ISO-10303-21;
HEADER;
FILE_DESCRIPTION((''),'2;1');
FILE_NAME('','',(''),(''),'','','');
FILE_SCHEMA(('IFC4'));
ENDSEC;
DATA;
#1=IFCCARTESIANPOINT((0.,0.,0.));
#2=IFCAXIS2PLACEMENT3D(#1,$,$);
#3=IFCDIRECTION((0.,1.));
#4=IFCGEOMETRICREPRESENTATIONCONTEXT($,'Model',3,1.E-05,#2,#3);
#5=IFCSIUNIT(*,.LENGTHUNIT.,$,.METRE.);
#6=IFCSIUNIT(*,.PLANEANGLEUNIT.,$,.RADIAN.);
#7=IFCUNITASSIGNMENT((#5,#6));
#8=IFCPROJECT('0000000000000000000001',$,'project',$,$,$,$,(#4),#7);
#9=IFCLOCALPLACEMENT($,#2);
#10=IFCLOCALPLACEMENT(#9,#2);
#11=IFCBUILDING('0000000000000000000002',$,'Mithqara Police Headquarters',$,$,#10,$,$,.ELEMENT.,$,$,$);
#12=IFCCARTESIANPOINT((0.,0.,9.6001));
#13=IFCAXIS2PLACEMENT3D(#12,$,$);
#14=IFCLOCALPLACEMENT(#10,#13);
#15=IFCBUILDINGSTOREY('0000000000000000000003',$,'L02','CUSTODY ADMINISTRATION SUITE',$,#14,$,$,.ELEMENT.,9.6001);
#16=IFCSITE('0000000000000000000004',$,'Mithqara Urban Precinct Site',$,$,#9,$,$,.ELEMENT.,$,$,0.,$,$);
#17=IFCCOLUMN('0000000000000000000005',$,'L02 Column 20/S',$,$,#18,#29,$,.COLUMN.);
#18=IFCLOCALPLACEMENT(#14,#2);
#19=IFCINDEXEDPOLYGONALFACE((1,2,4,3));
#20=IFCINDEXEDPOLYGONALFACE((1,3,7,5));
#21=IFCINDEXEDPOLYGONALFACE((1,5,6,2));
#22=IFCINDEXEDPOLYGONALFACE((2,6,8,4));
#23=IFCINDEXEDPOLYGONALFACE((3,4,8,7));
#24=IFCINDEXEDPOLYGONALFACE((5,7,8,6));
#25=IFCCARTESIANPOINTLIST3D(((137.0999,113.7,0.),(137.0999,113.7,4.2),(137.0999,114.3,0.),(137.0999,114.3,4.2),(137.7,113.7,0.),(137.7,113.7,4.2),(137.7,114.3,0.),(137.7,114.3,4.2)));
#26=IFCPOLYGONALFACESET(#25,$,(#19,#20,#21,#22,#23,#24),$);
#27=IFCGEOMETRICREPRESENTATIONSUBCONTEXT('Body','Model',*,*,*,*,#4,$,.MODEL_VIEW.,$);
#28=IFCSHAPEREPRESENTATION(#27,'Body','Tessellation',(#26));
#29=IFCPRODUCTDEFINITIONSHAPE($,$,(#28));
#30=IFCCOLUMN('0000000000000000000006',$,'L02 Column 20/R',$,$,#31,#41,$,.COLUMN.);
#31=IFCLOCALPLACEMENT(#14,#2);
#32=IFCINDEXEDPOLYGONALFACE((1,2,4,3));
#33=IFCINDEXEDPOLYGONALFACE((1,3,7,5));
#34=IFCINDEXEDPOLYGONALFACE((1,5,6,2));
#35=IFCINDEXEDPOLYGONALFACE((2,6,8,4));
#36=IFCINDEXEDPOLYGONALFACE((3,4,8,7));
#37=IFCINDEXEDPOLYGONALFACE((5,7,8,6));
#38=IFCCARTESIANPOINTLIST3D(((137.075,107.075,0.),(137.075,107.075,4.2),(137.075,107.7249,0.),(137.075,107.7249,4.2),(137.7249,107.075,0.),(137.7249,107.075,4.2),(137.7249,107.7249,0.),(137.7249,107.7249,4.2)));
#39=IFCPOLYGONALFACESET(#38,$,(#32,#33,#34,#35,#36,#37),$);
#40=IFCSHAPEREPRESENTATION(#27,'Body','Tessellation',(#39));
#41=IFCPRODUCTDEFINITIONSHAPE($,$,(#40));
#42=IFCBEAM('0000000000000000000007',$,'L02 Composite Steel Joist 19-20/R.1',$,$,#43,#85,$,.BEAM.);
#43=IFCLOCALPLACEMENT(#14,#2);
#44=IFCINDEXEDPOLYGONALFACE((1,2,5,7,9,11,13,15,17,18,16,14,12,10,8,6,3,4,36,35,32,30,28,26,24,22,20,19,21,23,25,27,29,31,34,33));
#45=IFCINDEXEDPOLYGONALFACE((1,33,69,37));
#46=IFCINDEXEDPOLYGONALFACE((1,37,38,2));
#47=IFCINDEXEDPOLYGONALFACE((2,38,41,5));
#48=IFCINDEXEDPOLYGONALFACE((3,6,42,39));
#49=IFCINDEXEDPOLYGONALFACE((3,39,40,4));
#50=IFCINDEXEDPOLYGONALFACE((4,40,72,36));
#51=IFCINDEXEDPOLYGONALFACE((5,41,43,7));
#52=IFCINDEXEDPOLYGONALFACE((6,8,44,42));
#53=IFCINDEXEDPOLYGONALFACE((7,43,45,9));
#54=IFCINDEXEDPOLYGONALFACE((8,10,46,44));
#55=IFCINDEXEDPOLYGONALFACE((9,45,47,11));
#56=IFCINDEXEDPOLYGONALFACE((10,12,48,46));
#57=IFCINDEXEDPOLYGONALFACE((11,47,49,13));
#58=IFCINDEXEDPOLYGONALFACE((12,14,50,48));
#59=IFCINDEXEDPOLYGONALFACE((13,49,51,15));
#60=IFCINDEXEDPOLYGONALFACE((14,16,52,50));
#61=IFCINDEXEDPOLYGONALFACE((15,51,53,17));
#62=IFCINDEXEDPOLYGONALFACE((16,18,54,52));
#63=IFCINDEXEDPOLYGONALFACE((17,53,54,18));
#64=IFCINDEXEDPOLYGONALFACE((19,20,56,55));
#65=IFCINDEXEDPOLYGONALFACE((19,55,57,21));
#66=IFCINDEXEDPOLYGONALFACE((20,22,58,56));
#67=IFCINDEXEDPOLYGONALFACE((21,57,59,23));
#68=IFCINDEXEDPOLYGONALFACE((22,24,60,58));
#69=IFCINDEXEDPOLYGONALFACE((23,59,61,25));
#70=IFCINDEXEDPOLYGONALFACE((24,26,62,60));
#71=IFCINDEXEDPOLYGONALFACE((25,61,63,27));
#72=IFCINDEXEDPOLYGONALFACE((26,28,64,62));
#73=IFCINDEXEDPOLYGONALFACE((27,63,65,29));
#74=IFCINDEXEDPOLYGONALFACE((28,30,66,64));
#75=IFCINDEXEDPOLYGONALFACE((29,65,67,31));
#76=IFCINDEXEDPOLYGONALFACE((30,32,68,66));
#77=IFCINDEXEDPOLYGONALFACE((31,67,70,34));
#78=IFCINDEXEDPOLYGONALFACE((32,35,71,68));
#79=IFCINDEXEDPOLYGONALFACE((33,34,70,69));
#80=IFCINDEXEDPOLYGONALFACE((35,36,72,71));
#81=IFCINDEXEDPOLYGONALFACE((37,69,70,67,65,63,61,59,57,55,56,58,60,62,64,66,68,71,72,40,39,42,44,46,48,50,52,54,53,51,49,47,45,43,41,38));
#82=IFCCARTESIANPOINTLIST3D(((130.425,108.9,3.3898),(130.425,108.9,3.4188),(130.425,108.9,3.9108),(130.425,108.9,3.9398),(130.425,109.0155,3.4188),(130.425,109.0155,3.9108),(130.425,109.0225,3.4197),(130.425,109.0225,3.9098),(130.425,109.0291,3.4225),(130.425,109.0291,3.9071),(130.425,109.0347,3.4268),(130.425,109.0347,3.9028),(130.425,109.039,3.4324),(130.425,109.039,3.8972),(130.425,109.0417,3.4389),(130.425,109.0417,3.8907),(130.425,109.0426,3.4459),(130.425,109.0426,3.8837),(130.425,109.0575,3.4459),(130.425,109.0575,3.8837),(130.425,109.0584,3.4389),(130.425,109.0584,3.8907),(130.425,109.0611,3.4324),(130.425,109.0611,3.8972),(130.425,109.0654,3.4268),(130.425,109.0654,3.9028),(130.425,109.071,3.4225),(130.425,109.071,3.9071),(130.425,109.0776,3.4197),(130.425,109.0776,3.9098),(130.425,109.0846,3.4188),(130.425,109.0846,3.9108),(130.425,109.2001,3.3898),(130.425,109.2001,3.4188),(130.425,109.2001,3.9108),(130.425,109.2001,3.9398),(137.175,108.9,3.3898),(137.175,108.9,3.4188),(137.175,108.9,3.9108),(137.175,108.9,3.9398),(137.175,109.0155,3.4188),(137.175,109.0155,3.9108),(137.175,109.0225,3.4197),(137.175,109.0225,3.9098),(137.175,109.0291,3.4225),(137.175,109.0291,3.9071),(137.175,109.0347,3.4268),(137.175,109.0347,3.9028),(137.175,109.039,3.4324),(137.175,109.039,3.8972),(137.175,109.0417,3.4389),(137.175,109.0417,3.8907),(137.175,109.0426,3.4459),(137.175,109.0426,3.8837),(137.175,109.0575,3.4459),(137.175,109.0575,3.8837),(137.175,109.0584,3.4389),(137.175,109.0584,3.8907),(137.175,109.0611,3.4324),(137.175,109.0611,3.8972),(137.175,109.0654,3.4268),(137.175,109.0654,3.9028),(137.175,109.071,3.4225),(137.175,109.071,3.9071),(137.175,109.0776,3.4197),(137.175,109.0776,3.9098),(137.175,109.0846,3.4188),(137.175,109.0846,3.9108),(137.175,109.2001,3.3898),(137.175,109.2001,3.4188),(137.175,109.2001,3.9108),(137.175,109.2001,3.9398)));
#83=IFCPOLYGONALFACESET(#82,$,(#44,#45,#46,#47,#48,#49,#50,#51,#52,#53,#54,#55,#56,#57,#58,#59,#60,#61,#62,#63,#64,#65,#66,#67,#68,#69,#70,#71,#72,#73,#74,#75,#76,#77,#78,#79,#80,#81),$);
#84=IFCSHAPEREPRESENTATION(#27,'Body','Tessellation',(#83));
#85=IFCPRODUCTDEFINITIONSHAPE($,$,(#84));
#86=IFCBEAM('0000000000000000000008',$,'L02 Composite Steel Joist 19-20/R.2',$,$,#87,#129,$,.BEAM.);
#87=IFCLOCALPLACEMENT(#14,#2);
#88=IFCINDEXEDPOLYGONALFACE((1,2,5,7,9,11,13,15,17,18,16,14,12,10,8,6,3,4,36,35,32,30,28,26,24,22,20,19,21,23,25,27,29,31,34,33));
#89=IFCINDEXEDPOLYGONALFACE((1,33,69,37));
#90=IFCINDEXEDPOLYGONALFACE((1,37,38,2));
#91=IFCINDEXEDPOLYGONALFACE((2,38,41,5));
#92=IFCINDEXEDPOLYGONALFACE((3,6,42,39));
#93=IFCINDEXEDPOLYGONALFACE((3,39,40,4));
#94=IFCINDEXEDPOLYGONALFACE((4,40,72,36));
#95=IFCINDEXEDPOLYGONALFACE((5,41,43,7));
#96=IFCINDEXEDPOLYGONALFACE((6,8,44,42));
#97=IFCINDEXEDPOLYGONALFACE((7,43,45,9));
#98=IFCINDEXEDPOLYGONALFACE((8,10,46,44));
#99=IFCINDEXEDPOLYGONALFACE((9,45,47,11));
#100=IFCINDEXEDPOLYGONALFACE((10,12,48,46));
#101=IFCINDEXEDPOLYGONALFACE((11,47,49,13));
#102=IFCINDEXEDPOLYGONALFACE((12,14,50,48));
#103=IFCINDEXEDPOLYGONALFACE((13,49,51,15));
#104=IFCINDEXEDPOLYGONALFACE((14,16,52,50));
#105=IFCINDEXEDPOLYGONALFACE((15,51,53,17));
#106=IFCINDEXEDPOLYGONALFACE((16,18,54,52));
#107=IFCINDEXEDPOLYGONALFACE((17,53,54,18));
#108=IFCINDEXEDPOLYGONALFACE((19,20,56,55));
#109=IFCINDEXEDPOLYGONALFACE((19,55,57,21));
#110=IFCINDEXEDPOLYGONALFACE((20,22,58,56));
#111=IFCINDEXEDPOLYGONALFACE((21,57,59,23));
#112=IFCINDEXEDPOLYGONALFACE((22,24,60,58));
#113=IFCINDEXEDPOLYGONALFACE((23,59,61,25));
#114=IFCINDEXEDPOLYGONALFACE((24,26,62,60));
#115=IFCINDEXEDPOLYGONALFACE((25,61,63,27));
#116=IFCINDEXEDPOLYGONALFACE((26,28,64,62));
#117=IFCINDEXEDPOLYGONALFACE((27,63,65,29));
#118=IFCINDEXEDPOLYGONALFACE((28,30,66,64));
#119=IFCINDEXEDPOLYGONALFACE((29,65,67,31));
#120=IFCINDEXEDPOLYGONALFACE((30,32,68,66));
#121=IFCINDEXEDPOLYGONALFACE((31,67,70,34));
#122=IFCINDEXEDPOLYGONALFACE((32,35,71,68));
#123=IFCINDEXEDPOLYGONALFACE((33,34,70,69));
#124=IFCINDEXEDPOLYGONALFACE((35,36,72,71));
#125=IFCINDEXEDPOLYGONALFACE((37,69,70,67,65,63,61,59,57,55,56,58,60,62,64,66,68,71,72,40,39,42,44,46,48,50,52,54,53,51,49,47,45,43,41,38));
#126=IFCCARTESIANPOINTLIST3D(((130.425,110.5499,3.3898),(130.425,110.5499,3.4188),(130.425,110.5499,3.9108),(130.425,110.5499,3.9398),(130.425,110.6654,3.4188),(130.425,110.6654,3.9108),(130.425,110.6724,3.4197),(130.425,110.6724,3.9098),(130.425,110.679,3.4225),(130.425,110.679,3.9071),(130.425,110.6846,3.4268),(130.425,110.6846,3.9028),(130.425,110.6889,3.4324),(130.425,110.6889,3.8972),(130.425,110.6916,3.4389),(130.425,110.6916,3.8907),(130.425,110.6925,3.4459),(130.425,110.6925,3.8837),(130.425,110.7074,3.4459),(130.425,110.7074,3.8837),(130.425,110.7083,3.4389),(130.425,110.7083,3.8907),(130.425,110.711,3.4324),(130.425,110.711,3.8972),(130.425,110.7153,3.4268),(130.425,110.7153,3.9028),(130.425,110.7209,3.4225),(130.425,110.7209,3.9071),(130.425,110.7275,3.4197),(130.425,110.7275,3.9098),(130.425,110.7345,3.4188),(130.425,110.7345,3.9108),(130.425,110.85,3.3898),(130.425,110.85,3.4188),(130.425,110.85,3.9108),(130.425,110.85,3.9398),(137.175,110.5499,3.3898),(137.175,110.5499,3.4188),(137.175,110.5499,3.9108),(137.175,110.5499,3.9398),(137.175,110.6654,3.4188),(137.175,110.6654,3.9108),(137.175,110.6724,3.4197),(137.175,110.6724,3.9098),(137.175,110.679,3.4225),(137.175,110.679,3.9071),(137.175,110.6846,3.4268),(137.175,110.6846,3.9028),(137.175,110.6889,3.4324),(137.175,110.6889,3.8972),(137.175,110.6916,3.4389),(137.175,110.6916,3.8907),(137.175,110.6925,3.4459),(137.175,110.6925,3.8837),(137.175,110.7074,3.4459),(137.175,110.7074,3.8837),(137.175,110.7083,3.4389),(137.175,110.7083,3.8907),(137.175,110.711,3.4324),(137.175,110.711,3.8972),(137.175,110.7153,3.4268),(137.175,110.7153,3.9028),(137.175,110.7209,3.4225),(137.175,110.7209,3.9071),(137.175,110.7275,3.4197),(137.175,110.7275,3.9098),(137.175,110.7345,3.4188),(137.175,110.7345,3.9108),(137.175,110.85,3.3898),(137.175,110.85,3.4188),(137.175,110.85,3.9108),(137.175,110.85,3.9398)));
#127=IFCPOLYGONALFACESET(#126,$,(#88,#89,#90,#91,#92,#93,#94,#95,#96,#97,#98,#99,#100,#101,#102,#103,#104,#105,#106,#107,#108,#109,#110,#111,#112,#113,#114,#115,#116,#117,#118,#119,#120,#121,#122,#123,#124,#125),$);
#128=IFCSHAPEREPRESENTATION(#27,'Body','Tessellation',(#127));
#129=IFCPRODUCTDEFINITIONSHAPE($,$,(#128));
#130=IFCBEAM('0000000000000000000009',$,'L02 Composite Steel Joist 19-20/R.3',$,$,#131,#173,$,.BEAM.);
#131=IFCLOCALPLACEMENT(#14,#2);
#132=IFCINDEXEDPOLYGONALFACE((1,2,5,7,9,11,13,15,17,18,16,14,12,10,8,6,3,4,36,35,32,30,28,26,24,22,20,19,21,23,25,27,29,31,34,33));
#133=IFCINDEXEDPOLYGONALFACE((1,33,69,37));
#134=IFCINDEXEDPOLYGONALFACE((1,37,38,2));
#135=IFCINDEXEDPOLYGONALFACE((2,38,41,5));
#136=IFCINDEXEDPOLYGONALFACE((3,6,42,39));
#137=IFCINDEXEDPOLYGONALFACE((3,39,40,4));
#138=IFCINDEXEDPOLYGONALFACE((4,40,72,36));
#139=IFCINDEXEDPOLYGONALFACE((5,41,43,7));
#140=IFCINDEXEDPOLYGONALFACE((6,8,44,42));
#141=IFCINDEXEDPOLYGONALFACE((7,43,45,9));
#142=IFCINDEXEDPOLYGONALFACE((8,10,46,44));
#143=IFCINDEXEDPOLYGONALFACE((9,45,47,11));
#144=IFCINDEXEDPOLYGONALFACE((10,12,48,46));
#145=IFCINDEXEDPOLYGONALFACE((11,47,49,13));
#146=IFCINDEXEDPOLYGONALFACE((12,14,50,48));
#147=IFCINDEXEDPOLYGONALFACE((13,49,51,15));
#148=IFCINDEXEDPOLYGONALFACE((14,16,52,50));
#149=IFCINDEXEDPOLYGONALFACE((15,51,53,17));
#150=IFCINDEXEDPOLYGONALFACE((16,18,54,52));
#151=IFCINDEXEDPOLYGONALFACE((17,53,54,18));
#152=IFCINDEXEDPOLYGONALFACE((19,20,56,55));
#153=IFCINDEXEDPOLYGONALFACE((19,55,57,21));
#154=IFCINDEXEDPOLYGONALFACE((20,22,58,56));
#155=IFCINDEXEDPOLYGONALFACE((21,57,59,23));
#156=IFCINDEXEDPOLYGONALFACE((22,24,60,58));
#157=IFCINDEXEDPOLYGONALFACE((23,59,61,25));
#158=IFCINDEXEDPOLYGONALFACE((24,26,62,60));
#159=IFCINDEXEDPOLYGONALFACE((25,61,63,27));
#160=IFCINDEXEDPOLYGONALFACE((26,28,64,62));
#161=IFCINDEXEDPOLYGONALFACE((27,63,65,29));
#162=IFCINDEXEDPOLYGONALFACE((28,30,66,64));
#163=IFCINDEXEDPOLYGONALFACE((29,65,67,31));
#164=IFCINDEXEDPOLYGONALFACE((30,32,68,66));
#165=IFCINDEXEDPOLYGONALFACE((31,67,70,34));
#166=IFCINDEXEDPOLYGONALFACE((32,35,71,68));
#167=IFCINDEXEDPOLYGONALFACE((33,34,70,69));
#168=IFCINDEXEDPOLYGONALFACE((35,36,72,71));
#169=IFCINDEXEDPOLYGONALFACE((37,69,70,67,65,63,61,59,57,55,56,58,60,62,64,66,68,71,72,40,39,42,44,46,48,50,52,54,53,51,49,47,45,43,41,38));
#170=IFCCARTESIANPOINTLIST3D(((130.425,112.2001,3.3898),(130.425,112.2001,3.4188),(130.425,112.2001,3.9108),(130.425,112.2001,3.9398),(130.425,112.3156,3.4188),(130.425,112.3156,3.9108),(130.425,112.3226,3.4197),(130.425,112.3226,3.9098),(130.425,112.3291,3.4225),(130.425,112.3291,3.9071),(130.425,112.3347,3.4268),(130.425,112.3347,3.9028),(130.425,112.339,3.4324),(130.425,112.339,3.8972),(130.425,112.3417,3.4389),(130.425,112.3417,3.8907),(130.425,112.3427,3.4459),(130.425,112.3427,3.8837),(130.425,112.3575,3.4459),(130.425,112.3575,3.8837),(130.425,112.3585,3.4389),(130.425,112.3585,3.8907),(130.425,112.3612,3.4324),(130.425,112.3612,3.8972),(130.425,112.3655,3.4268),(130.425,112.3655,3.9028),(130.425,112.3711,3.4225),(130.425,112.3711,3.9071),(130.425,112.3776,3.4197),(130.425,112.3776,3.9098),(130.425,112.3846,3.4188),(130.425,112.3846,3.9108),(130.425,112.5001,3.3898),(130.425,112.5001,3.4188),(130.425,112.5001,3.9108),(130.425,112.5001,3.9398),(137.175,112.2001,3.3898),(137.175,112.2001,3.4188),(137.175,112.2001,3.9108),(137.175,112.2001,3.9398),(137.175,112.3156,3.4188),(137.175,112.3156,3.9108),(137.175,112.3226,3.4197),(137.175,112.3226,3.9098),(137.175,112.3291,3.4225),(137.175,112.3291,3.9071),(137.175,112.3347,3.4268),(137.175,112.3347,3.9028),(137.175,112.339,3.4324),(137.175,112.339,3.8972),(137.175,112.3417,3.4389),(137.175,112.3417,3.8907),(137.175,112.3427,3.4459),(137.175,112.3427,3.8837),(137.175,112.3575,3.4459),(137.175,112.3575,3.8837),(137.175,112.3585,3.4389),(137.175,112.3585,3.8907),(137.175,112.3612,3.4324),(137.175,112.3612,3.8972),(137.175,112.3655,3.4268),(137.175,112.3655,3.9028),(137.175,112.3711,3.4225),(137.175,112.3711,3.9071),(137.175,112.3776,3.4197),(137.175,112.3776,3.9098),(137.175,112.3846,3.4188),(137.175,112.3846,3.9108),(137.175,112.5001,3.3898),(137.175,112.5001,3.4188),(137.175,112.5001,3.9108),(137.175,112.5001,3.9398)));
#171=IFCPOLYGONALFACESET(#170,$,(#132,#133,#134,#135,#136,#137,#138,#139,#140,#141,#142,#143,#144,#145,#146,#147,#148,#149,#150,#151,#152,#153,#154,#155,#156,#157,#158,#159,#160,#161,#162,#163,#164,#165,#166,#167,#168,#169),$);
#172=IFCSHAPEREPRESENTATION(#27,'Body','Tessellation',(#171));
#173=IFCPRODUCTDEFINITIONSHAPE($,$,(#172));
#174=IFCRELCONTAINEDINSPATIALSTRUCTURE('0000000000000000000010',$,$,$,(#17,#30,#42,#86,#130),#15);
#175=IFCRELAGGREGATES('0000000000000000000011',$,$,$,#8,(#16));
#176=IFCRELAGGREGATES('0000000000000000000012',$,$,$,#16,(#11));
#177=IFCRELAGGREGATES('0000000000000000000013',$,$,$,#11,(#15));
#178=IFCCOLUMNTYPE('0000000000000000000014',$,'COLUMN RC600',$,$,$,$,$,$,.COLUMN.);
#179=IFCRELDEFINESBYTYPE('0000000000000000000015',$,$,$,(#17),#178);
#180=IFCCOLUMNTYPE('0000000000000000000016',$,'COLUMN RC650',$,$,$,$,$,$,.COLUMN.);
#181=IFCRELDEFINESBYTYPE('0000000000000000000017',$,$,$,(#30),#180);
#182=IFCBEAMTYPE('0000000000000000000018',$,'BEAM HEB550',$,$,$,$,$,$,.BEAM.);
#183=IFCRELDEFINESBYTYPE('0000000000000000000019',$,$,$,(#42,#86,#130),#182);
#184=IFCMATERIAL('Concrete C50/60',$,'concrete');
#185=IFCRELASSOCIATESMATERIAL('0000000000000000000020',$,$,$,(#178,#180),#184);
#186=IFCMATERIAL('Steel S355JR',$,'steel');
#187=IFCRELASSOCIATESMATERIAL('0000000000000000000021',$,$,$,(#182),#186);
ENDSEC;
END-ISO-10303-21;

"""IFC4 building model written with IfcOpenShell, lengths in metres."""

from ifc_helpers import new_model, si_unit, direction, frame, origin, origin_2d, place, context, subcontext, project, spatial, rectangle, i_section, extrude, material, material_profile, profile_set, type_object, element, save


model = new_model("IFC4")

# Units and contexts
model_context = context("Model", 3, precision=1e-05, world=origin(), true_north=direction((0.0, 1.0)))
body_context = subcontext(model_context, "Body", "Model", "MODEL_VIEW")
ifc_project = project(units=[si_unit("LENGTHUNIT", "METRE"), si_unit("PLANEANGLEUNIT", "RADIAN")], contexts=[model_context])

# Site, building, storey
site_placement = place(None, origin())
site = spatial("IfcSite", under=ifc_project, at=site_placement, Name="Mithqara Urban Precinct Site", CompositionType="ELEMENT", RefElevation=0.0)
building_placement = place(site_placement, origin())
building = spatial("IfcBuilding", under=site, at=building_placement, Name="Mithqara Police Headquarters", CompositionType="ELEMENT")
storey_placement = place(building_placement, frame((0.0, 0.0, 9.6001)))
storey = spatial("IfcBuildingStorey", under=building, at=storey_placement, Name="L02", Description="CUSTODY ADMINISTRATION SUITE", CompositionType="ELEMENT", Elevation=9.6001)

# Columns
ifc_material_1 = material(Name="Concrete C50/60", Category="concrete")
ifc_material_profile_1 = material_profile(ifc_material_1, rectangle(XDim=0.6001, YDim=0.6001, at=origin_2d()), Name="RC 600x600")
ifc_profile_set_1 = profile_set([ifc_material_profile_1], Name="Concrete C50/60")
column_type_1 = type_object("IfcColumnType", Name="COLUMN RC600", PredefinedType="COLUMN", material=ifc_profile_set_1)
column_1_placement = place(storey_placement, frame((137.3999, 114.0, 0.0), z_axis=(0.0, 0.0, 1.0), x_axis=(1.0, 0.0, 0.0)))
element("IfcColumn", 1, at=column_1_placement, inside=storey, type_object=column_type_1, Name="L02 Column 20/S", PredefinedType="COLUMN", context=body_context, shape_type="SweptSolid", body=[
    extrude(rectangle(XDim=0.6001, YDim=0.6001, at=origin_2d()), origin(), (0.0, 0.0, 1.0), 4.2),
])
ifc_material_profile_2 = material_profile(ifc_material_1, rectangle(XDim=0.6499, YDim=0.6499, at=origin_2d()), Name="RC 650x650")
ifc_profile_set_2 = profile_set([ifc_material_profile_2], Name="Concrete C50/60")
column_type_2 = type_object("IfcColumnType", Name="COLUMN RC650", PredefinedType="COLUMN", material=ifc_profile_set_2)
column_2_placement = place(storey_placement, frame((137.3999, 107.3999, 0.0), z_axis=(0.0, 0.0, 1.0), x_axis=(1.0, 0.0, 0.0)))
element("IfcColumn", 2, at=column_2_placement, inside=storey, type_object=column_type_2, Name="L02 Column 20/R", PredefinedType="COLUMN", context=body_context, shape_type="SweptSolid", body=[
    extrude(rectangle(XDim=0.6499, YDim=0.6499, at=origin_2d()), origin(), (0.0, 0.0, 1.0), 4.2),
])

# Beams
ifc_material_2 = material(Name="Steel S355JR", Category="steel")
ifc_material_profile_3 = material_profile(ifc_material_2, i_section(OverallWidth=0.3, OverallDepth=0.55, WebThickness=0.0149, FlangeThickness=0.0291, FilletRadius=0.0271, at=origin_2d()), Name="HEB 550")
ifc_profile_set_3 = profile_set([ifc_material_profile_3], Name="Steel S355JR")
beam_type_1 = type_object("IfcBeamType", Name="BEAM HEB550", PredefinedType="BEAM", material=ifc_profile_set_3)
for number, where, z_axis, x_axis, name in (
    (3, (130.425, 109.05, 3.6648), (1.0, 0.0, 0.0), (0.0, 1.0, 0.0), "L02 Composite Steel Joist 19-20/R.1"),
    (4, (130.425, 110.7, 3.6648), (1.0, 0.0, 0.0), (0.0, 1.0, 0.0), "L02 Composite Steel Joist 19-20/R.2"),
    (5, (130.425, 112.3501, 3.6648), (1.0, 0.0, 0.0), (0.0, 1.0, 0.0), "L02 Composite Steel Joist 19-20/R.3"),
):
    element("IfcBeam", number, at=place(storey_placement, frame(where, z_axis=z_axis, x_axis=x_axis)), inside=storey, type_object=beam_type_1, Name=name, PredefinedType="BEAM", context=body_context, shape_type="SweptSolid", body=[
        extrude(i_section(OverallWidth=0.3, OverallDepth=0.55, WebThickness=0.0149, FlangeThickness=0.0291, FilletRadius=0.0271, at=origin_2d()), origin(), (0.0, 0.0, 1.0), 6.75),
    ])

save(model, "model.ifc")
